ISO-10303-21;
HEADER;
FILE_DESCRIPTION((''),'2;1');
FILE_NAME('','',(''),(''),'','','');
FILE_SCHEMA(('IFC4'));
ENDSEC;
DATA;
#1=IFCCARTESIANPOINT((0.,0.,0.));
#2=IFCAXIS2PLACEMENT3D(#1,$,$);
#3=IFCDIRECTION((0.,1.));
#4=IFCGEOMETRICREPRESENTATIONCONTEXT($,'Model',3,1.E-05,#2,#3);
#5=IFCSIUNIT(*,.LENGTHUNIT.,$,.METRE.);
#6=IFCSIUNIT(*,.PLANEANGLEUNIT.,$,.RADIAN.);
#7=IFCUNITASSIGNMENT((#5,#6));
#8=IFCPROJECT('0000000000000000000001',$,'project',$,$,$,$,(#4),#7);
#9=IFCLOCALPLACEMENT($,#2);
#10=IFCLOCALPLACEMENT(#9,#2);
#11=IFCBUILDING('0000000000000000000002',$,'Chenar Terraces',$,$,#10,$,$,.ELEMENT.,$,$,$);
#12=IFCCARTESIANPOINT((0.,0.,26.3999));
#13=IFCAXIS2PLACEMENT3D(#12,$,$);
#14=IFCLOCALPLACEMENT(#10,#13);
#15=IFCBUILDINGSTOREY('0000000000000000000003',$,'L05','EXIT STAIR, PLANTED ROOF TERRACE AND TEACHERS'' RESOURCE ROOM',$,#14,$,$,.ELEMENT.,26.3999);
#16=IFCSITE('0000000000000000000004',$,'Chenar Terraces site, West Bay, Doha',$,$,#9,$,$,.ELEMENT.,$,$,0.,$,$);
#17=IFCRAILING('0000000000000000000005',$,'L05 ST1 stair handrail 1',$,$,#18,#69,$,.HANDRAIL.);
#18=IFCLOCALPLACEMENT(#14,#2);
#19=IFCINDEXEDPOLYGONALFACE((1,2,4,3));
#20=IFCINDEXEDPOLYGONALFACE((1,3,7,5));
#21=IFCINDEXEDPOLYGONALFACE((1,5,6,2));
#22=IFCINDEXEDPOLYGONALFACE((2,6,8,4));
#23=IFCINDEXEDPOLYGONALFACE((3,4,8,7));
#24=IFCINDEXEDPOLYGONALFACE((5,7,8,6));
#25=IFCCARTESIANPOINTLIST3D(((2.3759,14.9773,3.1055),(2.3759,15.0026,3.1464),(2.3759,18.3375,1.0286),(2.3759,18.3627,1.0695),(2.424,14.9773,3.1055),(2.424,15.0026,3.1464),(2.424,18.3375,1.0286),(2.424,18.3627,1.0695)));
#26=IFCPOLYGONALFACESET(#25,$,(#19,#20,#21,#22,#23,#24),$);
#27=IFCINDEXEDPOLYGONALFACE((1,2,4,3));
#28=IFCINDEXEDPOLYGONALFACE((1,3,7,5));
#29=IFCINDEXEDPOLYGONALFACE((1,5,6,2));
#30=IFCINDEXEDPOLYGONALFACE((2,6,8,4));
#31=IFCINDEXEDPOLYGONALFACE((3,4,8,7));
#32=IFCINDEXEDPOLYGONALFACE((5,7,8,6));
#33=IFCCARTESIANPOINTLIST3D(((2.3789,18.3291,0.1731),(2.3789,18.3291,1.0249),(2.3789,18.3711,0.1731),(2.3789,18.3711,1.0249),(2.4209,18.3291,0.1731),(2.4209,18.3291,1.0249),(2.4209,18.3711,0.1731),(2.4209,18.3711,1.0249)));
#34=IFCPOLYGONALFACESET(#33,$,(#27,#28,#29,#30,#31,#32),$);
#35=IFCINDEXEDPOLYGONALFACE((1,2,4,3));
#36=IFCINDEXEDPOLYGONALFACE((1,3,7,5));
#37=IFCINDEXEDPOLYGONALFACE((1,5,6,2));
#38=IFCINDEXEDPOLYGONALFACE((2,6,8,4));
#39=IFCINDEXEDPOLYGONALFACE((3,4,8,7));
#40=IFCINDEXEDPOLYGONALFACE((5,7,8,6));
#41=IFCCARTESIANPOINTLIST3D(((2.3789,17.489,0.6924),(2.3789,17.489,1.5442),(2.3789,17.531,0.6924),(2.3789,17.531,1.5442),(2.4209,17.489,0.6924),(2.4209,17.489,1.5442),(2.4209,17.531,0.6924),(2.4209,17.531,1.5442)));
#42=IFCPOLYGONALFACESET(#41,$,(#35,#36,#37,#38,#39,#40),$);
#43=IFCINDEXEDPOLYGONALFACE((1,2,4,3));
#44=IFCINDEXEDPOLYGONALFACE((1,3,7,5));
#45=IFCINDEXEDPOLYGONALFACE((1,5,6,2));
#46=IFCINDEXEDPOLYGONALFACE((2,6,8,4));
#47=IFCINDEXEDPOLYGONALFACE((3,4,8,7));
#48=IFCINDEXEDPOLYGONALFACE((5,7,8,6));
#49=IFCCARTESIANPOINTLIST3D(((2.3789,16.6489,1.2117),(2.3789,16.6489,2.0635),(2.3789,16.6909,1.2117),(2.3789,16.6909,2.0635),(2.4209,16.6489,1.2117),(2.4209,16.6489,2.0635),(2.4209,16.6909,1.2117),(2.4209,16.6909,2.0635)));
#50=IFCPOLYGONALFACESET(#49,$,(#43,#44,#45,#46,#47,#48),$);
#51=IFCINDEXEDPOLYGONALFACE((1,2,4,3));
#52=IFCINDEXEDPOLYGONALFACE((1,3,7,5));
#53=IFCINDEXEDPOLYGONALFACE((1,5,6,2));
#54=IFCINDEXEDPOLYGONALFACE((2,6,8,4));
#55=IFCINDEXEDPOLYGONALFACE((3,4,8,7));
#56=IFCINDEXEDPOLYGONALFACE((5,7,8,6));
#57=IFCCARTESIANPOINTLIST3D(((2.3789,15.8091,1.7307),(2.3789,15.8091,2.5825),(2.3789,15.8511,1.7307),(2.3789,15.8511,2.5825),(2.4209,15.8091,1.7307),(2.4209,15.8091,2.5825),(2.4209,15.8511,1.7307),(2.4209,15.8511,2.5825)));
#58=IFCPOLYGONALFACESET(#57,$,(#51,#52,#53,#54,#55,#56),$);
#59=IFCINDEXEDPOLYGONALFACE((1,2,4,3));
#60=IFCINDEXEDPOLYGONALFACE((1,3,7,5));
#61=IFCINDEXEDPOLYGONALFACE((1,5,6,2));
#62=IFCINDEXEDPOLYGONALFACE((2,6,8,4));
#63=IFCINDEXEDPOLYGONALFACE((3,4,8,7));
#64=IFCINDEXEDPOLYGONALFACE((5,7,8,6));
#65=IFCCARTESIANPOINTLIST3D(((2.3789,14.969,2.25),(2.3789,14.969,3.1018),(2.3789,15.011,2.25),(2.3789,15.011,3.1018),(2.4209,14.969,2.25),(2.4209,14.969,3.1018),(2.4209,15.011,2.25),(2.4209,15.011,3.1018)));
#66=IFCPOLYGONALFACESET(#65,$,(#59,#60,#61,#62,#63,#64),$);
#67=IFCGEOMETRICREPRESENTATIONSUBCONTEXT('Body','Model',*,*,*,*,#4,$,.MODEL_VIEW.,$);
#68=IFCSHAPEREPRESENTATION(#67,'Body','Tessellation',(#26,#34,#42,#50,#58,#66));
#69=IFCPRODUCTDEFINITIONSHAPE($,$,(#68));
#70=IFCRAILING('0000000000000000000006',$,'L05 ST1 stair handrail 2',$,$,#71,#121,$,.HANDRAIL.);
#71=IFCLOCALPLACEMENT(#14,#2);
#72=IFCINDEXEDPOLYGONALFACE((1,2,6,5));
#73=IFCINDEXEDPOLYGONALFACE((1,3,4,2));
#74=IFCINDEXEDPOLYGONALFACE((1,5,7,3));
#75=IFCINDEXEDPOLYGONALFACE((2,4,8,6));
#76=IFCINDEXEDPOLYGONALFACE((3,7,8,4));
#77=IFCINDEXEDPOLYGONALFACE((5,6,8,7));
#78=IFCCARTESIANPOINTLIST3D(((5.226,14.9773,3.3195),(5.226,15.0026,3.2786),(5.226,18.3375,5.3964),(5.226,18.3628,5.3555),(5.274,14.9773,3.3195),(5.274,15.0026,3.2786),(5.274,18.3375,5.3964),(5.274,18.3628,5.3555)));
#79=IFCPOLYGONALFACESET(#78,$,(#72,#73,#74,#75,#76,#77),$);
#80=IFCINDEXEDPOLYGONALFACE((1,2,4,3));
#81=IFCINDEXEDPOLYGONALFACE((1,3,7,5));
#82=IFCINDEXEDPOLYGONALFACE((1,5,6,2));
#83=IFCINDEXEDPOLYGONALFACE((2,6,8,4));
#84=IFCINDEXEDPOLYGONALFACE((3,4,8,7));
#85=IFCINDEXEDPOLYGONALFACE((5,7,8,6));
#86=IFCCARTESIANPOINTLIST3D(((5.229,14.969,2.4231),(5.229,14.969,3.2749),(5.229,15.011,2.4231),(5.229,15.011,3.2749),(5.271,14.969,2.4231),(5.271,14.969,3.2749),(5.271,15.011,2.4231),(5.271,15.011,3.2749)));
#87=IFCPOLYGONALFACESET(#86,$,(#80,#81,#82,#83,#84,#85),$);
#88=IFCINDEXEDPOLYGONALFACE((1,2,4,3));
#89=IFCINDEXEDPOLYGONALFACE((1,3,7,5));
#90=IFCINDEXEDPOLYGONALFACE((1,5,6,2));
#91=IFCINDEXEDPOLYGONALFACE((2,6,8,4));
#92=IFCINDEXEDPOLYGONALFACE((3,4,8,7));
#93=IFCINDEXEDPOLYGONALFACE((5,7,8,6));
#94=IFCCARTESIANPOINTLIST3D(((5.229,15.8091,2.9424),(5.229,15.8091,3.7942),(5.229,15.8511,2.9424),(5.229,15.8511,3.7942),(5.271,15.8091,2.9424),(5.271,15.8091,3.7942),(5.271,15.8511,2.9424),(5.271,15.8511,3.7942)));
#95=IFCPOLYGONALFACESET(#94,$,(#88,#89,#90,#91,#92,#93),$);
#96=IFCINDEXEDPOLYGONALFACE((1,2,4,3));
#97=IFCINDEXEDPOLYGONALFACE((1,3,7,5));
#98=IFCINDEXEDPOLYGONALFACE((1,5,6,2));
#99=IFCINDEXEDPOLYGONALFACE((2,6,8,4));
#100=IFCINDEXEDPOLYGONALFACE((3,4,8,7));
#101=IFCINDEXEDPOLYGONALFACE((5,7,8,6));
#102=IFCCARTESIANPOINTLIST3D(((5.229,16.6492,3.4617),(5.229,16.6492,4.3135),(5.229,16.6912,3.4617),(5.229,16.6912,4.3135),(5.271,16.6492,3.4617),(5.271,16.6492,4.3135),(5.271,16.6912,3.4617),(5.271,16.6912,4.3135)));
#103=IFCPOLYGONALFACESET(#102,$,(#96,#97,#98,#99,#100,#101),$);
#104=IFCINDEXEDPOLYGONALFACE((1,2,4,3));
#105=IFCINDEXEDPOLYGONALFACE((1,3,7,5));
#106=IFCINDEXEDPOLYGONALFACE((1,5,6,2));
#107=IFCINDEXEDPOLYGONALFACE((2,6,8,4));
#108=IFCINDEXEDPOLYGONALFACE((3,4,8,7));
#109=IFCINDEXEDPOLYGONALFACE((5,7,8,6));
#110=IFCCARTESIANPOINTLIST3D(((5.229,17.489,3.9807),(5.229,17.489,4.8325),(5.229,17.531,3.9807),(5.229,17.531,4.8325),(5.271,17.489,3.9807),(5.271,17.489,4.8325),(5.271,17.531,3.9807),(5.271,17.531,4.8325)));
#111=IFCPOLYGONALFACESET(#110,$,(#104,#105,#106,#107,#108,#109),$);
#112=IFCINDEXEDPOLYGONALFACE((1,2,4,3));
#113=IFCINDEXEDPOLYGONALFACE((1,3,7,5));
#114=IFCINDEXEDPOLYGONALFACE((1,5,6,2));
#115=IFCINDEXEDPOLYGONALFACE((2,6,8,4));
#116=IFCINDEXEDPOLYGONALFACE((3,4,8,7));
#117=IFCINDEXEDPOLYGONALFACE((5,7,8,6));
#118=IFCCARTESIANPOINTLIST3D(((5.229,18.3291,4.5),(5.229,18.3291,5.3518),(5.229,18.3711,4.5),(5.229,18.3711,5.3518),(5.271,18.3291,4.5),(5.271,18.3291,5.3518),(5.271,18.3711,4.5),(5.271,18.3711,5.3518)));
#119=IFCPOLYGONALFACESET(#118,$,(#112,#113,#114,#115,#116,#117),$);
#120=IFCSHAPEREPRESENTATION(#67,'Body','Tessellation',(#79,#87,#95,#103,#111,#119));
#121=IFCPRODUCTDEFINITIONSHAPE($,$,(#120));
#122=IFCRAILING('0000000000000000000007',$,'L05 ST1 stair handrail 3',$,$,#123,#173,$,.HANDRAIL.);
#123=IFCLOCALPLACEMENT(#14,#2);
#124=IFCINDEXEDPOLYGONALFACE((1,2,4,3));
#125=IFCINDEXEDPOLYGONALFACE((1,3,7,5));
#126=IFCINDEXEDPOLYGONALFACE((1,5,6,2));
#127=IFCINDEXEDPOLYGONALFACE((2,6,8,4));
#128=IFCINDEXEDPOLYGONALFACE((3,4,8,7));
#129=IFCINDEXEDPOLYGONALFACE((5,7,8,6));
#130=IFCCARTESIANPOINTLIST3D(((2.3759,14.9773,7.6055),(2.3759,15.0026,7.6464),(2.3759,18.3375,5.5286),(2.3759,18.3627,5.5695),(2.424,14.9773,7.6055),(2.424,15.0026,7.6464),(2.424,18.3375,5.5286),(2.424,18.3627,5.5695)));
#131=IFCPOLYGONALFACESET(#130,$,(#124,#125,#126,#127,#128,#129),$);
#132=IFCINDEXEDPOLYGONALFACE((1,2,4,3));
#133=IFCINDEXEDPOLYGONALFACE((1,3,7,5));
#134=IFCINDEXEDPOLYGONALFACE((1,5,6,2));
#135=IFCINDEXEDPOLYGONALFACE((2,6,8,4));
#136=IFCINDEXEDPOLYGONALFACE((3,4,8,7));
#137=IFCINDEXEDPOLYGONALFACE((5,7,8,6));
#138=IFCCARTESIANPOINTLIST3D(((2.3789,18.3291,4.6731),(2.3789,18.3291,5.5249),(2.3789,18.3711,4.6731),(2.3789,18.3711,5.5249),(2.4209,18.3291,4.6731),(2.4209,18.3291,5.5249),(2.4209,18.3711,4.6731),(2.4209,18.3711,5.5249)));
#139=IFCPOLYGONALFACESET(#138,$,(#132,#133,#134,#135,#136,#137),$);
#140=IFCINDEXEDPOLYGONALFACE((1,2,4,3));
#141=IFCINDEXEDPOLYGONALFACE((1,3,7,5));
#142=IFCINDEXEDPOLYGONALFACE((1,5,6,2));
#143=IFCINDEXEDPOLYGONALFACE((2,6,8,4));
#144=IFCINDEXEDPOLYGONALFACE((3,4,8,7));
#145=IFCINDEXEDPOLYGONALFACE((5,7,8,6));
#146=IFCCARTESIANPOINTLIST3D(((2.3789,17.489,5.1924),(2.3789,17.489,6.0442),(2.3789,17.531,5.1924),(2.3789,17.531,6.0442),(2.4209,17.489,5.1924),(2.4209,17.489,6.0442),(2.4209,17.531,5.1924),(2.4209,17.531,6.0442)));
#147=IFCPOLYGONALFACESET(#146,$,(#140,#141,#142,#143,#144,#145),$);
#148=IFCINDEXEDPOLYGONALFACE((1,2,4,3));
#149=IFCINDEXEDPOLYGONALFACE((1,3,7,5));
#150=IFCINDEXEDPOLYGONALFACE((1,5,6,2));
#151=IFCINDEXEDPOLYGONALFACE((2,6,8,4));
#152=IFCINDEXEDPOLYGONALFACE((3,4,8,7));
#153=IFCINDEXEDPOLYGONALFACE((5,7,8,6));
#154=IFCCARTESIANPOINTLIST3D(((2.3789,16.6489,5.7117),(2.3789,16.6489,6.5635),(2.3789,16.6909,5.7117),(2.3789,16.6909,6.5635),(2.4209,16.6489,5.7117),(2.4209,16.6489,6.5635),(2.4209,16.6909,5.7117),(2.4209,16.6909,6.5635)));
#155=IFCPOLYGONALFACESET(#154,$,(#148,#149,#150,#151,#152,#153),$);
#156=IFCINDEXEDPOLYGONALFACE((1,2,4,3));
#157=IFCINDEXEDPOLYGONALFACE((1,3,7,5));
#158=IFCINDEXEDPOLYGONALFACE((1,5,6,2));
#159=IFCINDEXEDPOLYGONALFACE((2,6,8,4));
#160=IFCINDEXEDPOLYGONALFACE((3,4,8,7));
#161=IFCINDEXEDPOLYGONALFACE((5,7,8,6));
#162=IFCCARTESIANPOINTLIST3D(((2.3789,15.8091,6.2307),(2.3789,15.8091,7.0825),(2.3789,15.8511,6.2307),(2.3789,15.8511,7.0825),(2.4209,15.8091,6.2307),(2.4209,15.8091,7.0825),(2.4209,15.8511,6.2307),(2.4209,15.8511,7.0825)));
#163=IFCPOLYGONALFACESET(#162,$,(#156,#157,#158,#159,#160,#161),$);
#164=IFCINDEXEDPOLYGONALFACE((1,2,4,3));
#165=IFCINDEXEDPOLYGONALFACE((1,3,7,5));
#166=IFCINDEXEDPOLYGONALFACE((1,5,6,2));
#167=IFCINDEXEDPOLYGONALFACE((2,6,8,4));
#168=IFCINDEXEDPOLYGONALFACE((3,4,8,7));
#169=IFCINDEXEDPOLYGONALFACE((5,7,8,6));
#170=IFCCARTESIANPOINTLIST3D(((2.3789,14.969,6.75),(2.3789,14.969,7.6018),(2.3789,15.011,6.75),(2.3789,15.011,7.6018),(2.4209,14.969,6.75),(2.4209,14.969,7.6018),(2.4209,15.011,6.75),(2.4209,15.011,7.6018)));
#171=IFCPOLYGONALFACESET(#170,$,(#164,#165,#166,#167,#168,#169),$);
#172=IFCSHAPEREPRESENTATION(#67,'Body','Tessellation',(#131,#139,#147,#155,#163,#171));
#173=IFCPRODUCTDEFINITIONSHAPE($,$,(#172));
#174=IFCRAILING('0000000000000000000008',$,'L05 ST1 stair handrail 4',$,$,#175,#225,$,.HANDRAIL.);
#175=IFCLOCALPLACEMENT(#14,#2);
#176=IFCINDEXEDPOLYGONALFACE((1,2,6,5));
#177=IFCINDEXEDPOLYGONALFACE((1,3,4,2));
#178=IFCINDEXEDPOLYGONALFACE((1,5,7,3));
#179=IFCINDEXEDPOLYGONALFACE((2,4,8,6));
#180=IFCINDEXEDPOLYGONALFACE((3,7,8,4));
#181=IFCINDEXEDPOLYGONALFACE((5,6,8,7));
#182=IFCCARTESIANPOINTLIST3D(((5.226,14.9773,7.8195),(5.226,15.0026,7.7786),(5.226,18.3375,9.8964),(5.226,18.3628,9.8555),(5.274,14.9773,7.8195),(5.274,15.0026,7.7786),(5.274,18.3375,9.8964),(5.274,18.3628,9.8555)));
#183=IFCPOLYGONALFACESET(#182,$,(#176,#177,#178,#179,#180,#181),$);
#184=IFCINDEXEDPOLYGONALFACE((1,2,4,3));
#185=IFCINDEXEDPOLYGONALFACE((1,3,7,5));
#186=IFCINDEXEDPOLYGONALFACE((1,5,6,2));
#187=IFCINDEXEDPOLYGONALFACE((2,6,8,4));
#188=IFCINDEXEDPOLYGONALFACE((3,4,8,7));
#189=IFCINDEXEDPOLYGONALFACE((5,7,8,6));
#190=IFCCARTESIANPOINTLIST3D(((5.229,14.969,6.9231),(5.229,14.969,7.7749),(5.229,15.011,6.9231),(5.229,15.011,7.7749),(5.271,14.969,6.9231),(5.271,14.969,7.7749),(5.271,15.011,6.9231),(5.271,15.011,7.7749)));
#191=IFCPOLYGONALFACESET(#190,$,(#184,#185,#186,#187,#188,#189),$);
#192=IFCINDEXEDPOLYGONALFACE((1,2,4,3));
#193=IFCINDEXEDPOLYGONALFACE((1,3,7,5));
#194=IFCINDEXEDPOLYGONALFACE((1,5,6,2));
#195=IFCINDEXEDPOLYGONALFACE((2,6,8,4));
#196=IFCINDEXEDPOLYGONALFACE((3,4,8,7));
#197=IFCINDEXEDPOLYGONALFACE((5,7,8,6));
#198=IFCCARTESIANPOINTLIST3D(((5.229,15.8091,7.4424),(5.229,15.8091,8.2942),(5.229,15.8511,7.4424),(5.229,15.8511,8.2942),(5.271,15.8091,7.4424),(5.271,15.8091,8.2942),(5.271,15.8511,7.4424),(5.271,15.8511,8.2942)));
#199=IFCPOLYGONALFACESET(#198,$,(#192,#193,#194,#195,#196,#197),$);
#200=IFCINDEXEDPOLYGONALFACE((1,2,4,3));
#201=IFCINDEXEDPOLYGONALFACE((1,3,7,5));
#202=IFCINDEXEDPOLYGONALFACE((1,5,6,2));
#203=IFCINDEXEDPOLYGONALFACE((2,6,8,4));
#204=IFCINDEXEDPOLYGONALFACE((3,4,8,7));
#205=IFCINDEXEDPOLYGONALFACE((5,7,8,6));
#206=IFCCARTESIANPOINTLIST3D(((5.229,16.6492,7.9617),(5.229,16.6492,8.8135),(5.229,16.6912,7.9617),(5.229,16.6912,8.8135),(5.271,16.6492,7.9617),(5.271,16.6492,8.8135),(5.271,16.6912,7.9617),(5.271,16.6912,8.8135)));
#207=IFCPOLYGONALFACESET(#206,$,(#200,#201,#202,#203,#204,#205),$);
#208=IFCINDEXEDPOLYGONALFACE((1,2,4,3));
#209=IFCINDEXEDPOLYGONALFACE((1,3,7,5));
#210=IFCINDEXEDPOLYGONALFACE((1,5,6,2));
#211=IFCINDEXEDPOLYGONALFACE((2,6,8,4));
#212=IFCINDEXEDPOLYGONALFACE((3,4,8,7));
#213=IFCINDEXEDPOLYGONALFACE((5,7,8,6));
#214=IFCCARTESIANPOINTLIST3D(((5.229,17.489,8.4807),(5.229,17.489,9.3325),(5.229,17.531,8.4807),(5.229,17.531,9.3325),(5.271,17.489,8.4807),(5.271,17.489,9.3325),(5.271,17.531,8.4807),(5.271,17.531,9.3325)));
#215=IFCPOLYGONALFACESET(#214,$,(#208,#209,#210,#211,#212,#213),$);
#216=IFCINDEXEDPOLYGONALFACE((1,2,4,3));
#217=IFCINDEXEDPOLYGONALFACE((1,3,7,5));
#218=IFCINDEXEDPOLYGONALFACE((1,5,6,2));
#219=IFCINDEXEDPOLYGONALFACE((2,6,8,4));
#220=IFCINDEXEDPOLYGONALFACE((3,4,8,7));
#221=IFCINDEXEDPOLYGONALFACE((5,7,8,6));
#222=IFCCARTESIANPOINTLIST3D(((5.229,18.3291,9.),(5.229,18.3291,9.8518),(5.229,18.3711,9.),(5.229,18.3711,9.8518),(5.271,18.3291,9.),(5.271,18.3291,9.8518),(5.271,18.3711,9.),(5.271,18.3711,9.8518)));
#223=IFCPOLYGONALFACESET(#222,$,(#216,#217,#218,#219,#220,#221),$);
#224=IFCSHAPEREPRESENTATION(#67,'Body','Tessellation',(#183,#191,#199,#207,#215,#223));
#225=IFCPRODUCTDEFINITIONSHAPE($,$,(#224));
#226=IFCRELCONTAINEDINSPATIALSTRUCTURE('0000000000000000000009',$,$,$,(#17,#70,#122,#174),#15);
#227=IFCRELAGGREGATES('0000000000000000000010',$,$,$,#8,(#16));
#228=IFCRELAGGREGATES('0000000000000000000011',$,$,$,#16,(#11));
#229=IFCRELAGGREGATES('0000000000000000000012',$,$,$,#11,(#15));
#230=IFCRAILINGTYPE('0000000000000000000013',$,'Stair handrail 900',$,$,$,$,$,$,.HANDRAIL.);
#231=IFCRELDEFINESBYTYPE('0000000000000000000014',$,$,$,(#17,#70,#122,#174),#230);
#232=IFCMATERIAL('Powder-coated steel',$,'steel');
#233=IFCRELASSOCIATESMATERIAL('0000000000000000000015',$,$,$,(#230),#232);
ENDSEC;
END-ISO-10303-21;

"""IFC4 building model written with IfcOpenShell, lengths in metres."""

from ifc_helpers import new_model, si_unit, direction, frame, origin, origin_2d, place, context, subcontext, project, spatial, rectangle, extrude, material, type_object, element, save


model = new_model("IFC4")

# Units and contexts
model_context = context("Model", 3, precision=1e-05, world=origin(), true_north=direction((0.0, 1.0)))
body_context = subcontext(model_context, "Body", "Model", "MODEL_VIEW")
ifc_project = project(units=[si_unit("LENGTHUNIT", "METRE"), si_unit("PLANEANGLEUNIT", "RADIAN")], contexts=[model_context])

# Site, building, storey
site_placement = place(None, origin())
site = spatial("IfcSite", under=ifc_project, at=site_placement, Name="Chenar Terraces site, West Bay, Doha", CompositionType="ELEMENT", RefElevation=0.0)
building_placement = place(site_placement, origin())
building = spatial("IfcBuilding", under=site, at=building_placement, Name="Chenar Terraces", CompositionType="ELEMENT")
storey_placement = place(building_placement, frame((0.0, 0.0, 26.3999)))
storey = spatial("IfcBuildingStorey", under=building, at=storey_placement, Name="L05", Description="EXIT STAIR, PLANTED ROOF TERRACE AND TEACHERS' RESOURCE ROOM", CompositionType="ELEMENT", Elevation=26.3999)

# Railings
ifc_material_1 = material(Name="Powder-coated steel", Category="steel")
railing_type = type_object("IfcRailingType", Name="Stair handrail 900", PredefinedType="HANDRAIL", material=ifc_material_1)
railing_1_placement = place(storey_placement, frame((2.3999, 18.3501, 0.1731)))
element("IfcRailing", 1, at=railing_1_placement, inside=storey, type_object=railing_type, Name="L05 ST1 stair handrail 1", PredefinedType="HANDRAIL", context=body_context, shape_type="SweptSolid", body=[
    extrude(rectangle(XDim=0.0481, YDim=0.0481, at=origin_2d()), frame((0.0, 0.0, 0.876), z_axis=(0.0, -0.850623, 0.525776), x_axis=(1.0, 0.0, 0.0)), (0.0, 0.0, 1.0), 3.9502),
    extrude(rectangle(XDim=0.042, YDim=0.042, at=origin_2d()), origin(), (0.0, 0.0, 1.0), 0.8518),
    extrude(rectangle(XDim=0.042, YDim=0.042, at=origin_2d()), frame((0.0, -0.8401, 0.5193)), (0.0, 0.0, 1.0), 0.8518),
    extrude(rectangle(XDim=0.042, YDim=0.042, at=origin_2d()), frame((0.0, -1.6802, 1.0386)), (0.0, 0.0, 1.0), 0.8518),
    extrude(rectangle(XDim=0.042, YDim=0.042, at=origin_2d()), frame((0.0, -2.52, 1.5576)), (0.0, 0.0, 1.0), 0.8518),
    extrude(rectangle(XDim=0.042, YDim=0.042, at=origin_2d()), frame((0.0, -3.3601, 2.0769)), (0.0, 0.0, 1.0), 0.8518),
])
railing_2_placement = place(storey_placement, frame((5.25, 14.99, 2.4231)))
element("IfcRailing", 2, at=railing_2_placement, inside=storey, type_object=railing_type, Name="L05 ST1 stair handrail 2", PredefinedType="HANDRAIL", context=body_context, shape_type="SweptSolid", body=[
    extrude(rectangle(XDim=0.0481, YDim=0.0481, at=origin_2d()), frame((0.0, 0.0, 0.876), z_axis=(0.0, 0.850623, 0.525776), x_axis=(-1.0, 0.0, 0.0)), (0.0, 0.0, 1.0), 3.9502),
    extrude(rectangle(XDim=0.042, YDim=0.042, at=origin_2d()), origin(), (0.0, 0.0, 1.0), 0.8518),
    extrude(rectangle(XDim=0.042, YDim=0.042, at=origin_2d()), frame((0.0, 0.8401, 0.5193)), (0.0, 0.0, 1.0), 0.8518),
    extrude(rectangle(XDim=0.042, YDim=0.042, at=origin_2d()), frame((0.0, 1.6802, 1.0386)), (0.0, 0.0, 1.0), 0.8518),
    extrude(rectangle(XDim=0.042, YDim=0.042, at=origin_2d()), frame((0.0, 2.52, 1.5576)), (0.0, 0.0, 1.0), 0.8518),
    extrude(rectangle(XDim=0.042, YDim=0.042, at=origin_2d()), frame((0.0, 3.3601, 2.0769)), (0.0, 0.0, 1.0), 0.8518),
])
railing_3_placement = place(storey_placement, frame((2.3999, 18.3501, 4.6731)))
element("IfcRailing", 3, at=railing_3_placement, inside=storey, type_object=railing_type, Name="L05 ST1 stair handrail 3", PredefinedType="HANDRAIL", context=body_context, shape_type="SweptSolid", body=[
    extrude(rectangle(XDim=0.0481, YDim=0.0481, at=origin_2d()), frame((0.0, 0.0, 0.876), z_axis=(0.0, -0.850623, 0.525776), x_axis=(1.0, 0.0, 0.0)), (0.0, 0.0, 1.0), 3.9502),
    extrude(rectangle(XDim=0.042, YDim=0.042, at=origin_2d()), origin(), (0.0, 0.0, 1.0), 0.8518),
    extrude(rectangle(XDim=0.042, YDim=0.042, at=origin_2d()), frame((0.0, -0.8401, 0.5193)), (0.0, 0.0, 1.0), 0.8518),
    extrude(rectangle(XDim=0.042, YDim=0.042, at=origin_2d()), frame((0.0, -1.6802, 1.0386)), (0.0, 0.0, 1.0), 0.8518),
    extrude(rectangle(XDim=0.042, YDim=0.042, at=origin_2d()), frame((0.0, -2.52, 1.5576)), (0.0, 0.0, 1.0), 0.8518),
    extrude(rectangle(XDim=0.042, YDim=0.042, at=origin_2d()), frame((0.0, -3.3601, 2.0769)), (0.0, 0.0, 1.0), 0.8518),
])
railing_4_placement = place(storey_placement, frame((5.25, 14.99, 6.9231)))
element("IfcRailing", 4, at=railing_4_placement, inside=storey, type_object=railing_type, Name="L05 ST1 stair handrail 4", PredefinedType="HANDRAIL", context=body_context, shape_type="SweptSolid", body=[
    extrude(rectangle(XDim=0.0481, YDim=0.0481, at=origin_2d()), frame((0.0, 0.0, 0.876), z_axis=(0.0, 0.850623, 0.525776), x_axis=(-1.0, 0.0, 0.0)), (0.0, 0.0, 1.0), 3.9502),
    extrude(rectangle(XDim=0.042, YDim=0.042, at=origin_2d()), origin(), (0.0, 0.0, 1.0), 0.8518),
    extrude(rectangle(XDim=0.042, YDim=0.042, at=origin_2d()), frame((0.0, 0.8401, 0.5193)), (0.0, 0.0, 1.0), 0.8518),
    extrude(rectangle(XDim=0.042, YDim=0.042, at=origin_2d()), frame((0.0, 1.6802, 1.0386)), (0.0, 0.0, 1.0), 0.8518),
    extrude(rectangle(XDim=0.042, YDim=0.042, at=origin_2d()), frame((0.0, 2.52, 1.5576)), (0.0, 0.0, 1.0), 0.8518),
    extrude(rectangle(XDim=0.042, YDim=0.042, at=origin_2d()), frame((0.0, 3.3601, 2.0769)), (0.0, 0.0, 1.0), 0.8518),
])

save(model, "model.ifc")
